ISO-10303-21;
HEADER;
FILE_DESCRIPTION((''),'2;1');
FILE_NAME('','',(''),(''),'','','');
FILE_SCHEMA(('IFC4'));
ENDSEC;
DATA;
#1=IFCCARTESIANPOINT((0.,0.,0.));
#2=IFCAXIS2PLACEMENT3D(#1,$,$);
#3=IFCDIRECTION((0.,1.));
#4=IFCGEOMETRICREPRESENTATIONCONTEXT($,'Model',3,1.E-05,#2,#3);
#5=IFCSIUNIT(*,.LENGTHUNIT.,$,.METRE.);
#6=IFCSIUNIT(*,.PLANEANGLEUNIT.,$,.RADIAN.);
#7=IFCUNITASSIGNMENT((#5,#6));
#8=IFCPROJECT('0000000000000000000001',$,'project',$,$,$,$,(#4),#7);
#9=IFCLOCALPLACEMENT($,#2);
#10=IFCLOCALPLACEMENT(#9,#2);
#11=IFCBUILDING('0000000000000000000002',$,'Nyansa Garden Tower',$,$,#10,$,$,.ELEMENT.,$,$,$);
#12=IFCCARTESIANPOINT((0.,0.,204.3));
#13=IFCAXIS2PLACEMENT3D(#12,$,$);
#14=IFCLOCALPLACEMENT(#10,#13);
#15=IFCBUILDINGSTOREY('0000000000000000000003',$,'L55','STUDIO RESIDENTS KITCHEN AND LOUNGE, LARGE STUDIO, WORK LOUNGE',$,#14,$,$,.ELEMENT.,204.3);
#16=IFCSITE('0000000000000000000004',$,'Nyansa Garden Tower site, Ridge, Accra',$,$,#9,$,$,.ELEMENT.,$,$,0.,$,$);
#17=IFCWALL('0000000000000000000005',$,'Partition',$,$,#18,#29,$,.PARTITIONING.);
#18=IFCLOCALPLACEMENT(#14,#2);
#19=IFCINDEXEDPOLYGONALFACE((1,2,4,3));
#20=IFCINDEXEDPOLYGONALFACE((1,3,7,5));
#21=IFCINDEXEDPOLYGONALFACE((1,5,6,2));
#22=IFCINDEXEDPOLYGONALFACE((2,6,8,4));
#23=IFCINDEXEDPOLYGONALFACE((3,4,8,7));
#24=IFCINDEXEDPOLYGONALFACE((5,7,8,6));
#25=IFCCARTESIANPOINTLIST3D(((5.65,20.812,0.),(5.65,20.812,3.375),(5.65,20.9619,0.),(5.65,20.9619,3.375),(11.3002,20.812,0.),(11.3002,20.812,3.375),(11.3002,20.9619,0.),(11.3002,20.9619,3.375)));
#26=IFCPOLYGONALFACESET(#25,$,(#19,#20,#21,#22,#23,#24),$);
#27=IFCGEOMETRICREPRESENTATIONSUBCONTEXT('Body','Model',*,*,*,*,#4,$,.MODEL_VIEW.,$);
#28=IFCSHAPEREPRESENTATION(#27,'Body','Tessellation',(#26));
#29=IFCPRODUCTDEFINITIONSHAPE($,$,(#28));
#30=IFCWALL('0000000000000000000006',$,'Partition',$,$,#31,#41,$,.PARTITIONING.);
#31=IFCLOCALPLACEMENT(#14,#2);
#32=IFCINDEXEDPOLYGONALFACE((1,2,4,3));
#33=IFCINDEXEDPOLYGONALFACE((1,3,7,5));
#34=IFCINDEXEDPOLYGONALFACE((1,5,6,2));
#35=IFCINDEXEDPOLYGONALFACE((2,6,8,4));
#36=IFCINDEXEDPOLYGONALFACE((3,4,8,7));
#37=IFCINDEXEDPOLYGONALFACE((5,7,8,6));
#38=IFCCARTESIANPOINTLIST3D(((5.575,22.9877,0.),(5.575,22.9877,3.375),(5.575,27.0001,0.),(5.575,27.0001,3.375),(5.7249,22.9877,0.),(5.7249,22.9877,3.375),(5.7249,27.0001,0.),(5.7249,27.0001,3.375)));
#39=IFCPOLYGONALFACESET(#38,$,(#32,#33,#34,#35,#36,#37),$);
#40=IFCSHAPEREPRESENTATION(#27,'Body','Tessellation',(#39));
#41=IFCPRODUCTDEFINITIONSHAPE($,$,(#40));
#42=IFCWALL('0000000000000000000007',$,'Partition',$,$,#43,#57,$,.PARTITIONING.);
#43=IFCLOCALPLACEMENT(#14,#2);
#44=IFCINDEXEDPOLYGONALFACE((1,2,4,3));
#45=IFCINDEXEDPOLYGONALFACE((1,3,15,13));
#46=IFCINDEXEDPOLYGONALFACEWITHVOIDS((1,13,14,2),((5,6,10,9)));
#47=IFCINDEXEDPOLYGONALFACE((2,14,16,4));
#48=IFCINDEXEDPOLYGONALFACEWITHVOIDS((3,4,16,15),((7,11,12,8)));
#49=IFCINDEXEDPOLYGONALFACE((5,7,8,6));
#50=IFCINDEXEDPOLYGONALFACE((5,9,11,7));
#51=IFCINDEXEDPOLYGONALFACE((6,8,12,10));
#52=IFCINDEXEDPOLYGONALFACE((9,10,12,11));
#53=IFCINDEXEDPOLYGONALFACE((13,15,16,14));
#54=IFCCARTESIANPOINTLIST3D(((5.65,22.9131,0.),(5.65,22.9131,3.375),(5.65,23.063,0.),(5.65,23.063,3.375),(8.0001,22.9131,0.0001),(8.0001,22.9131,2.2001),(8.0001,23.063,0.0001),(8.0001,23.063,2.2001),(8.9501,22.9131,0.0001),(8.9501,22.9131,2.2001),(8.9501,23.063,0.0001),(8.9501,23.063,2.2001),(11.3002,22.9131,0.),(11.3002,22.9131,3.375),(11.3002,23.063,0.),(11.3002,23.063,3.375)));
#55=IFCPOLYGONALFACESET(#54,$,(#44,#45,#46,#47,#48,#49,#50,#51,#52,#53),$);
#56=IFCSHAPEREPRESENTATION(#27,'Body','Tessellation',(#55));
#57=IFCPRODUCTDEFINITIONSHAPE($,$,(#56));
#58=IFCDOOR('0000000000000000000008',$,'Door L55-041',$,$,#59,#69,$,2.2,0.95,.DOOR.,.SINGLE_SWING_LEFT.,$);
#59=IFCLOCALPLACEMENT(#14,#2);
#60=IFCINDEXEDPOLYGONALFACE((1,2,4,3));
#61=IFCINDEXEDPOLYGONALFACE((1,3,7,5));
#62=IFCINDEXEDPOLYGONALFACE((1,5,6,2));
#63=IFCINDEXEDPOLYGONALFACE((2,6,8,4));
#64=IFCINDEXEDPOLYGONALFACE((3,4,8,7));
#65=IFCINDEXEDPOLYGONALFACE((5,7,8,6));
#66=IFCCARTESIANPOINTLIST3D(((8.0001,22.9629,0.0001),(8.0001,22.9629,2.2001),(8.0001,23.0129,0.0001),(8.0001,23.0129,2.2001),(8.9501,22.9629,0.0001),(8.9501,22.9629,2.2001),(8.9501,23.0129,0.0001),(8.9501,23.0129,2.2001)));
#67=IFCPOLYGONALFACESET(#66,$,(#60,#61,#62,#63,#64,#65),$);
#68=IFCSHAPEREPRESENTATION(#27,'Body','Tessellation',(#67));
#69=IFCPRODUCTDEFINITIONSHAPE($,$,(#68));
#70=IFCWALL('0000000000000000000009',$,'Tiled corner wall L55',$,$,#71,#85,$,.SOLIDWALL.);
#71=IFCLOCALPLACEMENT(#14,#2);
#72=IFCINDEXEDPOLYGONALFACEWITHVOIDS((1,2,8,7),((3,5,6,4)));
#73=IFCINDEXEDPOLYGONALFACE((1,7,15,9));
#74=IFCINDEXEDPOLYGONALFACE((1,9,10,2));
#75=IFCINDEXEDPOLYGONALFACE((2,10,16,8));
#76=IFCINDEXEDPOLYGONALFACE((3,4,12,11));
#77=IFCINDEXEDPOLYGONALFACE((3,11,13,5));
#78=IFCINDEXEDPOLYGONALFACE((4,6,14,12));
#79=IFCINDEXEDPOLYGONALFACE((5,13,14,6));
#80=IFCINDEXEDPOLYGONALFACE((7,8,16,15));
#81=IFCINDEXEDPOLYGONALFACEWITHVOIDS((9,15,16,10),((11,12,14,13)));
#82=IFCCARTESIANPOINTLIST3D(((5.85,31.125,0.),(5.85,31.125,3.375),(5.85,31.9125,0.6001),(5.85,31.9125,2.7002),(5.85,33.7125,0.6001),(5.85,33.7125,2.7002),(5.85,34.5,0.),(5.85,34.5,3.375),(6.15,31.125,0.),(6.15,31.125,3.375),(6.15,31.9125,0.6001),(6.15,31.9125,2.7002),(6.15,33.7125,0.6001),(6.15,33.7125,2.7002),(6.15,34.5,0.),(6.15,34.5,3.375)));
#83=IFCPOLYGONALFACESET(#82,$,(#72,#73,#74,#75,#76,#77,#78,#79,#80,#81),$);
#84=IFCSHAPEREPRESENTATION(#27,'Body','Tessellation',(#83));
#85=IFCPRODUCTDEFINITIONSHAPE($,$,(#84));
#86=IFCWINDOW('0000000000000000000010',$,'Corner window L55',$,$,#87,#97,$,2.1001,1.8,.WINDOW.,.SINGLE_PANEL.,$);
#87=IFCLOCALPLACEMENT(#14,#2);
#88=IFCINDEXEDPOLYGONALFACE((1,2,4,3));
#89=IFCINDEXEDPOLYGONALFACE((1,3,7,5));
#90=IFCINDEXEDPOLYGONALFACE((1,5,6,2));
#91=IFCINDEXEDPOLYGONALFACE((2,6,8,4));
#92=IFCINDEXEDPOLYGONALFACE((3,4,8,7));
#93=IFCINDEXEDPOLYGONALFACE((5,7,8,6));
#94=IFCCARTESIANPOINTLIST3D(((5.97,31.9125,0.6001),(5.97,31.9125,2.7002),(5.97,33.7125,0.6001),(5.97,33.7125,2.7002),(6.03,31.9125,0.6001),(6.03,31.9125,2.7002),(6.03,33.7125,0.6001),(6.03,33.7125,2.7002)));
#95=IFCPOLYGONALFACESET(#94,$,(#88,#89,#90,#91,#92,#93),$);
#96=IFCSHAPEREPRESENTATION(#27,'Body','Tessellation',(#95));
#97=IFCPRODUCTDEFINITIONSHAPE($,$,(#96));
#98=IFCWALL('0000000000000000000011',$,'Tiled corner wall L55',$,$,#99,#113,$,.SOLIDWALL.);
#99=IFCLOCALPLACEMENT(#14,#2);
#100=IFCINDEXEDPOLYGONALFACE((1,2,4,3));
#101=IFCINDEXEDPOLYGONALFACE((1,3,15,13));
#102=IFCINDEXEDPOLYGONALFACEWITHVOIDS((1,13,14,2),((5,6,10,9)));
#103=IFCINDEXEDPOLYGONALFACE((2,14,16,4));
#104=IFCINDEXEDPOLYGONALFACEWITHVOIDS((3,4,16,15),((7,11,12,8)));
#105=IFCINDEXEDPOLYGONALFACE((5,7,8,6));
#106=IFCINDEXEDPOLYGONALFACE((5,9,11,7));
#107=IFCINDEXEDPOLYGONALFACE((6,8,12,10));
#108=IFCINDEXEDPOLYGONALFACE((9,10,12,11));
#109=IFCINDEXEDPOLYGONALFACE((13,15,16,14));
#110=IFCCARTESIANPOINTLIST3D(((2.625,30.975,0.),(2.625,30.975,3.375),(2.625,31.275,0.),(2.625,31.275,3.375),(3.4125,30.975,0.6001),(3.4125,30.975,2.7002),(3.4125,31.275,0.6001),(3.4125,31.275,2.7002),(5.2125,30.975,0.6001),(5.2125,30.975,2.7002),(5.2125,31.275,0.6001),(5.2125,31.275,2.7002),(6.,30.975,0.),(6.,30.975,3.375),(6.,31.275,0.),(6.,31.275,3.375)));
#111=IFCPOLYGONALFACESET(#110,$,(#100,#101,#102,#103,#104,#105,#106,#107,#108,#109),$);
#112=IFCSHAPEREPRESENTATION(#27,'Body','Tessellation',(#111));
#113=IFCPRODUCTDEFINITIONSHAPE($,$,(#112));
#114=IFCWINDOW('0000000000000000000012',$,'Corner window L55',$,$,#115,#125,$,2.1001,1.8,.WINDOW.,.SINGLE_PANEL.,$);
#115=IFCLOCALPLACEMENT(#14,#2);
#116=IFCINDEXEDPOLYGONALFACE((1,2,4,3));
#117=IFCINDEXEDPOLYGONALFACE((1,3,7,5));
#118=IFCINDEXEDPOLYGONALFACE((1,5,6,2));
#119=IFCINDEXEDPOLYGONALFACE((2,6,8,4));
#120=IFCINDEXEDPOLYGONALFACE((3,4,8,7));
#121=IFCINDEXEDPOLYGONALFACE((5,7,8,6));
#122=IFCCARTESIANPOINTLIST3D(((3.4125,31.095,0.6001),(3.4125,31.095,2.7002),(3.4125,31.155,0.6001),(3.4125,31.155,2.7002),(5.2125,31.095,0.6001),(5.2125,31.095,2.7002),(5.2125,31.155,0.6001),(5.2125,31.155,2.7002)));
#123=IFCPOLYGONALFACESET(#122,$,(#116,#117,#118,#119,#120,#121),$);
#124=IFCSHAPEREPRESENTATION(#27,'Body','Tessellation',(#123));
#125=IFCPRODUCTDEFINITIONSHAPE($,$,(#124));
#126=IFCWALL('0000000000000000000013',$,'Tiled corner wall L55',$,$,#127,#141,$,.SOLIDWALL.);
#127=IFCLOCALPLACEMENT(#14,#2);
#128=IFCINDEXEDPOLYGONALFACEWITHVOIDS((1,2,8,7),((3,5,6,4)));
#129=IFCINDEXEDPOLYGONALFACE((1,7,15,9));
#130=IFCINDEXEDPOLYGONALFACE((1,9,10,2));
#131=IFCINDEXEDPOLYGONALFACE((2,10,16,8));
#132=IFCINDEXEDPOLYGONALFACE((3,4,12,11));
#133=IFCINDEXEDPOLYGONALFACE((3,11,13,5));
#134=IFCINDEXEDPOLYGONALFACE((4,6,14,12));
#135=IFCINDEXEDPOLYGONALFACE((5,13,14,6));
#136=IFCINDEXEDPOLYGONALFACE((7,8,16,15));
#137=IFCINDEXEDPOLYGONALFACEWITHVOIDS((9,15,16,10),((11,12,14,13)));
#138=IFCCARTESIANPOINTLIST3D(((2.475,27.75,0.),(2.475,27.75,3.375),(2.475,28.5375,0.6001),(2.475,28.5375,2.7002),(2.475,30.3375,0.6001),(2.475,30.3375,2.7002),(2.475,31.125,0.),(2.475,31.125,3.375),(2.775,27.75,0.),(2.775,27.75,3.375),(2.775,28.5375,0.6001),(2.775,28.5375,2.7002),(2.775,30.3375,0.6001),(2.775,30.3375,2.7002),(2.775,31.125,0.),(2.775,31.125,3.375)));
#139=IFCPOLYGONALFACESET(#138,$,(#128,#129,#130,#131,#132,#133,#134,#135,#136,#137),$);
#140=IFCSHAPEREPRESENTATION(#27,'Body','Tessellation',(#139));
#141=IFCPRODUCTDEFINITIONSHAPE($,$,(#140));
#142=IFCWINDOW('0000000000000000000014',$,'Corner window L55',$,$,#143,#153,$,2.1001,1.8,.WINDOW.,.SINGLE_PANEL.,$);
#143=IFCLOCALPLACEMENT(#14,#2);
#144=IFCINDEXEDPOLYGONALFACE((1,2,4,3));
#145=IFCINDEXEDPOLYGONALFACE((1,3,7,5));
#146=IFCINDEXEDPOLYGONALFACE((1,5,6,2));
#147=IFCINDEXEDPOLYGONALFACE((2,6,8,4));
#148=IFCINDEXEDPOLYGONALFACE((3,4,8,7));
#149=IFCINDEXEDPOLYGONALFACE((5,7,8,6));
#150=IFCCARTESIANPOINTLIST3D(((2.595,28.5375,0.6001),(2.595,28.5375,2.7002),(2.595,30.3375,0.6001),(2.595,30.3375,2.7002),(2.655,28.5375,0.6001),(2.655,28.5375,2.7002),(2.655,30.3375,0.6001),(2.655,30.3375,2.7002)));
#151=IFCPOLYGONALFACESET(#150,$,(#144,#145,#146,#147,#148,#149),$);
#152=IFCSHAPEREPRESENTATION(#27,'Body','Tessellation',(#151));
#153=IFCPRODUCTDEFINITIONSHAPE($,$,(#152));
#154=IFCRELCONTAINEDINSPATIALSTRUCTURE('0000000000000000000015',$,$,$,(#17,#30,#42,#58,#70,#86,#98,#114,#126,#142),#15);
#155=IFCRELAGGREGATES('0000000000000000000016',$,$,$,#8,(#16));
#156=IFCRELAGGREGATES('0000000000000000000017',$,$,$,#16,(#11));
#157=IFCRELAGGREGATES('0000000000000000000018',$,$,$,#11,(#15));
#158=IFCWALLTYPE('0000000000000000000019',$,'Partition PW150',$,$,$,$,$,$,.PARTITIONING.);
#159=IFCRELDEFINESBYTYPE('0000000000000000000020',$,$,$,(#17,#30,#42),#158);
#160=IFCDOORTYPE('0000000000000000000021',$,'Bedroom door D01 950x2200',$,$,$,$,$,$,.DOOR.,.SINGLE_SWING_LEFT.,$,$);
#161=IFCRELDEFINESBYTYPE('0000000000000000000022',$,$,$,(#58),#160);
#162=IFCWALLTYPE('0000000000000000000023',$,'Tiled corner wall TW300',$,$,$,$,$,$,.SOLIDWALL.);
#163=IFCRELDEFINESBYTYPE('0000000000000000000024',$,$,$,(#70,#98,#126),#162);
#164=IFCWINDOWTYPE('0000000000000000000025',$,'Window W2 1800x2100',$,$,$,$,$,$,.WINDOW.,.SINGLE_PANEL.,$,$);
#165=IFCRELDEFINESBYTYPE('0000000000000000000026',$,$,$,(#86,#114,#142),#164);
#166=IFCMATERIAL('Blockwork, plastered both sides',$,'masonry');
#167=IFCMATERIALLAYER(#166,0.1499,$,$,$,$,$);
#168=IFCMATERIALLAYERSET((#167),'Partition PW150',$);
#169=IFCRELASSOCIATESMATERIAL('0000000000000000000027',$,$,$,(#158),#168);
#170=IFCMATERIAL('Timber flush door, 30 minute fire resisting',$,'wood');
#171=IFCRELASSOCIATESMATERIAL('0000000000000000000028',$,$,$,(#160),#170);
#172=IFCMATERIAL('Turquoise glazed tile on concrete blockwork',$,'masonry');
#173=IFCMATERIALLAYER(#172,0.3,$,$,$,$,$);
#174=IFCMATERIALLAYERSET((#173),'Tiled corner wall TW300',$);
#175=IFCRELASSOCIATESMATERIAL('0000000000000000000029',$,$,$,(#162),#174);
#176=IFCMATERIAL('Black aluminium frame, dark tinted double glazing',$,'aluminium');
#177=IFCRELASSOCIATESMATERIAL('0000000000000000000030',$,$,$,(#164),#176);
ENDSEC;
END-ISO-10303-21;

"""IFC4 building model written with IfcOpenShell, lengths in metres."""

from ifc_helpers import new_model, si_unit, direction, frame, frame_2d, origin, place, context, subcontext, project, spatial, rectangle, extrude, material, layer, layer_set, type_object, element, fill, save


model = new_model("IFC4")

# Units and contexts
model_context = context("Model", 3, precision=1e-05, world=origin(), true_north=direction((0.0, 1.0)))
body_context = subcontext(model_context, "Body", "Model", "MODEL_VIEW")
ifc_project = project(units=[si_unit("LENGTHUNIT", "METRE"), si_unit("PLANEANGLEUNIT", "RADIAN")], contexts=[model_context])

# Site, building, storey
site_placement = place(None, origin())
site = spatial("IfcSite", under=ifc_project, at=site_placement, Name="Nyansa Garden Tower site, Ridge, Accra", CompositionType="ELEMENT", RefElevation=0.0)
building_placement = place(site_placement, origin())
building = spatial("IfcBuilding", under=site, at=building_placement, Name="Nyansa Garden Tower", CompositionType="ELEMENT")
storey_placement = place(building_placement, frame((0.0, 0.0, 204.3)))
storey = spatial("IfcBuildingStorey", under=building, at=storey_placement, Name="L55", Description="STUDIO RESIDENTS KITCHEN AND LOUNGE, LARGE STUDIO, WORK LOUNGE", CompositionType="ELEMENT", Elevation=204.3)

# Walls
ifc_material_1 = material(Name="Blockwork, plastered both sides", Category="masonry")
ifc_layer_1 = layer(ifc_material_1, 0.1499)
ifc_layer_set_1 = layer_set([ifc_layer_1], Name="Partition PW150")
wall_type_1 = type_object("IfcWallType", Name="Partition PW150", PredefinedType="PARTITIONING", material=ifc_layer_set_1)
wall_1_placement = place(storey_placement, frame((5.6499, 20.887, 0.0), z_axis=(0.0, 0.0, 1.0), x_axis=(1.0, 0.0, 0.0)))
element("IfcWall", 1, at=wall_1_placement, inside=storey, type_object=wall_type_1, Name="Partition", PredefinedType="PARTITIONING", context=body_context, shape_type="SweptSolid", body=[
    extrude(rectangle(XDim=5.6501, YDim=0.1499, at=frame_2d((2.8252, 0.0))), origin(), (0.0, 0.0, 1.0), 3.375),
])
wall_2_placement = place(storey_placement, frame((5.6499, 22.9875, 0.0), z_axis=(0.0, 0.0, 1.0), x_axis=(0.0, 1.0, 0.0)))
element("IfcWall", 2, at=wall_2_placement, inside=storey, type_object=wall_type_1, Name="Partition", PredefinedType="PARTITIONING", context=body_context, shape_type="SweptSolid", body=[
    extrude(rectangle(XDim=4.0125, YDim=0.1499, at=frame_2d((2.0063, 0.0))), origin(), (0.0, 0.0, 1.0), 3.375),
])

# Wall, opening, door
wall_3_placement = place(storey_placement, frame((5.6499, 22.988, 0.0), z_axis=(0.0, 0.0, 1.0), x_axis=(1.0, 0.0, 0.0)))
wall_3 = element("IfcWall", 3, at=wall_3_placement, inside=storey, type_object=wall_type_1, Name="Partition", PredefinedType="PARTITIONING", context=body_context, shape_type="SweptSolid", body=[
    extrude(rectangle(XDim=5.6501, YDim=0.1499, at=frame_2d((2.8252, 0.0))), origin(), (0.0, 0.0, 1.0), 3.375),
])
opening_1_placement = place(wall_3_placement, frame((2.3501, 0.0, 0.0)))
opening_1 = element("IfcOpeningElement", 4, at=opening_1_placement, cuts=wall_3, PredefinedType="OPENING", context=body_context, shape_type="SweptSolid", body=[
    extrude(rectangle(XDim=0.95, YDim=2.2, at=frame_2d((0.4751, 1.1001))), frame((0.0, 0.085, 0.0), z_axis=(0.0, -1.0, 0.0), x_axis=(1.0, 0.0, 0.0)), (0.0, 0.0, 1.0), 0.1699),
])
ifc_material_2 = material(Name="Timber flush door, 30 minute fire resisting", Category="wood")
door_type = type_object("IfcDoorType", Name="Bedroom door D01 950x2200", OperationType="SINGLE_SWING_LEFT", PredefinedType="DOOR", material=ifc_material_2)
door_placement = place(opening_1_placement, origin())
door = element("IfcDoor", 5, at=door_placement, inside=storey, type_object=door_type, Name="Door L55-041", OperationType="SINGLE_SWING_LEFT", OverallHeight=2.2, OverallWidth=0.95, PredefinedType="DOOR", context=body_context, shape_type="SweptSolid", body=[
    extrude(rectangle(XDim=0.95, YDim=2.2, at=frame_2d((0.4751, 1.1001))), frame((0.0, 0.0249, 0.0), z_axis=(0.0, -1.0, 0.0), x_axis=(1.0, 0.0, 0.0)), (0.0, 0.0, 1.0), 0.05),
])
fill(opening_1, door)

# Walls, openings, windows
ifc_material_3 = material(Name="Turquoise glazed tile on concrete blockwork", Category="masonry")
ifc_layer_2 = layer(ifc_material_3, 0.3)
ifc_layer_set_2 = layer_set([ifc_layer_2], Name="Tiled corner wall TW300")
wall_type_2 = type_object("IfcWallType", Name="Tiled corner wall TW300", PredefinedType="SOLIDWALL", material=ifc_layer_set_2)
wall_4_placement = place(storey_placement, frame((6.0, 34.5, 0.0), z_axis=(0.0, 0.0, 1.0), x_axis=(0.0, -1.0, 0.0)))
wall_4 = element("IfcWall", 6, at=wall_4_placement, inside=storey, type_object=wall_type_2, Name="Tiled corner wall L55", PredefinedType="SOLIDWALL", context=body_context, shape_type="SweptSolid", body=[
    extrude(rectangle(XDim=3.375, YDim=0.3, at=frame_2d((1.6875, 0.0))), origin(), (0.0, 0.0, 1.0), 3.375),
])
opening_2_placement = place(wall_4_placement, frame((0.7876, 0.0, 0.6001)))
opening_2 = element("IfcOpeningElement", 7, at=opening_2_placement, cuts=wall_4, PredefinedType="OPENING", context=body_context, shape_type="SweptSolid", body=[
    extrude(rectangle(XDim=1.8, YDim=2.1001, at=frame_2d((0.8999, 1.05))), frame((0.0, 0.1599, 0.0), z_axis=(0.0, -1.0, 0.0), x_axis=(1.0, 0.0, 0.0)), (0.0, 0.0, 1.0), 0.3201),
])
ifc_material_4 = material(Name="Black aluminium frame, dark tinted double glazing", Category="aluminium")
window_type_1 = type_object("IfcWindowType", Name="Window W2 1800x2100", PartitioningType="SINGLE_PANEL", PredefinedType="WINDOW", material=ifc_material_4)
window_1_placement = place(opening_2_placement, origin())
window_1 = element("IfcWindow", 8, at=window_1_placement, inside=storey, type_object=window_type_1, Name="Corner window L55", OverallHeight=2.1001, OverallWidth=1.8, PartitioningType="SINGLE_PANEL", PredefinedType="WINDOW", context=body_context, shape_type="SweptSolid", body=[
    extrude(rectangle(XDim=1.8, YDim=2.1001, at=frame_2d((0.8999, 1.05))), frame((0.0, 0.03, 0.0), z_axis=(0.0, -1.0, 0.0), x_axis=(1.0, 0.0, 0.0)), (0.0, 0.0, 1.0), 0.0601),
])
fill(opening_2, window_1)
wall_5_placement = place(storey_placement, frame((6.0, 31.125, 0.0), z_axis=(0.0, 0.0, 1.0), x_axis=(-1.0, 0.0, 0.0)))
wall_5 = element("IfcWall", 9, at=wall_5_placement, inside=storey, type_object=wall_type_2, Name="Tiled corner wall L55", PredefinedType="SOLIDWALL", context=body_context, shape_type="SweptSolid", body=[
    extrude(rectangle(XDim=3.375, YDim=0.3, at=frame_2d((1.6875, 0.0))), origin(), (0.0, 0.0, 1.0), 3.375),
])
opening_3_placement = place(wall_5_placement, frame((0.7876, 0.0, 0.6001)))
opening_3 = element("IfcOpeningElement", 10, at=opening_3_placement, cuts=wall_5, PredefinedType="OPENING", context=body_context, shape_type="SweptSolid", body=[
    extrude(rectangle(XDim=1.8, YDim=2.1001, at=frame_2d((0.8999, 1.05))), frame((0.0, 0.1599, 0.0), z_axis=(0.0, -1.0, 0.0), x_axis=(1.0, 0.0, 0.0)), (0.0, 0.0, 1.0), 0.3201),
])
window_2_placement = place(opening_3_placement, origin())
window_2 = element("IfcWindow", 11, at=window_2_placement, inside=storey, type_object=window_type_1, Name="Corner window L55", OverallHeight=2.1001, OverallWidth=1.8, PartitioningType="SINGLE_PANEL", PredefinedType="WINDOW", context=body_context, shape_type="SweptSolid", body=[
    extrude(rectangle(XDim=1.8, YDim=2.1001, at=frame_2d((0.8999, 1.05))), frame((0.0, 0.03, 0.0), z_axis=(0.0, -1.0, 0.0), x_axis=(1.0, 0.0, 0.0)), (0.0, 0.0, 1.0), 0.0601),
])
fill(opening_3, window_2)
wall_6_placement = place(storey_placement, frame((2.625, 31.125, 0.0), z_axis=(0.0, 0.0, 1.0), x_axis=(0.0, -1.0, 0.0)))
wall_6 = element("IfcWall", 12, at=wall_6_placement, inside=storey, type_object=wall_type_2, Name="Tiled corner wall L55", PredefinedType="SOLIDWALL", context=body_context, shape_type="SweptSolid", body=[
    extrude(rectangle(XDim=3.375, YDim=0.3, at=frame_2d((1.6875, 0.0))), origin(), (0.0, 0.0, 1.0), 3.375),
])
opening_4_placement = place(wall_6_placement, frame((0.7876, 0.0, 0.6001)))
opening_4 = element("IfcOpeningElement", 13, at=opening_4_placement, cuts=wall_6, PredefinedType="OPENING", context=body_context, shape_type="SweptSolid", body=[
    extrude(rectangle(XDim=1.8, YDim=2.1001, at=frame_2d((0.8999, 1.05))), frame((0.0, 0.1599, 0.0), z_axis=(0.0, -1.0, 0.0), x_axis=(1.0, 0.0, 0.0)), (0.0, 0.0, 1.0), 0.3201),
])
window_3_placement = place(opening_4_placement, origin())
window_3 = element("IfcWindow", 14, at=window_3_placement, inside=storey, type_object=window_type_1, Name="Corner window L55", OverallHeight=2.1001, OverallWidth=1.8, PartitioningType="SINGLE_PANEL", PredefinedType="WINDOW", context=body_context, shape_type="SweptSolid", body=[
    extrude(rectangle(XDim=1.8, YDim=2.1001, at=frame_2d((0.8999, 1.05))), frame((0.0, 0.03, 0.0), z_axis=(0.0, -1.0, 0.0), x_axis=(1.0, 0.0, 0.0)), (0.0, 0.0, 1.0), 0.0601),
])
fill(opening_4, window_3)

save(model, "model.ifc")
